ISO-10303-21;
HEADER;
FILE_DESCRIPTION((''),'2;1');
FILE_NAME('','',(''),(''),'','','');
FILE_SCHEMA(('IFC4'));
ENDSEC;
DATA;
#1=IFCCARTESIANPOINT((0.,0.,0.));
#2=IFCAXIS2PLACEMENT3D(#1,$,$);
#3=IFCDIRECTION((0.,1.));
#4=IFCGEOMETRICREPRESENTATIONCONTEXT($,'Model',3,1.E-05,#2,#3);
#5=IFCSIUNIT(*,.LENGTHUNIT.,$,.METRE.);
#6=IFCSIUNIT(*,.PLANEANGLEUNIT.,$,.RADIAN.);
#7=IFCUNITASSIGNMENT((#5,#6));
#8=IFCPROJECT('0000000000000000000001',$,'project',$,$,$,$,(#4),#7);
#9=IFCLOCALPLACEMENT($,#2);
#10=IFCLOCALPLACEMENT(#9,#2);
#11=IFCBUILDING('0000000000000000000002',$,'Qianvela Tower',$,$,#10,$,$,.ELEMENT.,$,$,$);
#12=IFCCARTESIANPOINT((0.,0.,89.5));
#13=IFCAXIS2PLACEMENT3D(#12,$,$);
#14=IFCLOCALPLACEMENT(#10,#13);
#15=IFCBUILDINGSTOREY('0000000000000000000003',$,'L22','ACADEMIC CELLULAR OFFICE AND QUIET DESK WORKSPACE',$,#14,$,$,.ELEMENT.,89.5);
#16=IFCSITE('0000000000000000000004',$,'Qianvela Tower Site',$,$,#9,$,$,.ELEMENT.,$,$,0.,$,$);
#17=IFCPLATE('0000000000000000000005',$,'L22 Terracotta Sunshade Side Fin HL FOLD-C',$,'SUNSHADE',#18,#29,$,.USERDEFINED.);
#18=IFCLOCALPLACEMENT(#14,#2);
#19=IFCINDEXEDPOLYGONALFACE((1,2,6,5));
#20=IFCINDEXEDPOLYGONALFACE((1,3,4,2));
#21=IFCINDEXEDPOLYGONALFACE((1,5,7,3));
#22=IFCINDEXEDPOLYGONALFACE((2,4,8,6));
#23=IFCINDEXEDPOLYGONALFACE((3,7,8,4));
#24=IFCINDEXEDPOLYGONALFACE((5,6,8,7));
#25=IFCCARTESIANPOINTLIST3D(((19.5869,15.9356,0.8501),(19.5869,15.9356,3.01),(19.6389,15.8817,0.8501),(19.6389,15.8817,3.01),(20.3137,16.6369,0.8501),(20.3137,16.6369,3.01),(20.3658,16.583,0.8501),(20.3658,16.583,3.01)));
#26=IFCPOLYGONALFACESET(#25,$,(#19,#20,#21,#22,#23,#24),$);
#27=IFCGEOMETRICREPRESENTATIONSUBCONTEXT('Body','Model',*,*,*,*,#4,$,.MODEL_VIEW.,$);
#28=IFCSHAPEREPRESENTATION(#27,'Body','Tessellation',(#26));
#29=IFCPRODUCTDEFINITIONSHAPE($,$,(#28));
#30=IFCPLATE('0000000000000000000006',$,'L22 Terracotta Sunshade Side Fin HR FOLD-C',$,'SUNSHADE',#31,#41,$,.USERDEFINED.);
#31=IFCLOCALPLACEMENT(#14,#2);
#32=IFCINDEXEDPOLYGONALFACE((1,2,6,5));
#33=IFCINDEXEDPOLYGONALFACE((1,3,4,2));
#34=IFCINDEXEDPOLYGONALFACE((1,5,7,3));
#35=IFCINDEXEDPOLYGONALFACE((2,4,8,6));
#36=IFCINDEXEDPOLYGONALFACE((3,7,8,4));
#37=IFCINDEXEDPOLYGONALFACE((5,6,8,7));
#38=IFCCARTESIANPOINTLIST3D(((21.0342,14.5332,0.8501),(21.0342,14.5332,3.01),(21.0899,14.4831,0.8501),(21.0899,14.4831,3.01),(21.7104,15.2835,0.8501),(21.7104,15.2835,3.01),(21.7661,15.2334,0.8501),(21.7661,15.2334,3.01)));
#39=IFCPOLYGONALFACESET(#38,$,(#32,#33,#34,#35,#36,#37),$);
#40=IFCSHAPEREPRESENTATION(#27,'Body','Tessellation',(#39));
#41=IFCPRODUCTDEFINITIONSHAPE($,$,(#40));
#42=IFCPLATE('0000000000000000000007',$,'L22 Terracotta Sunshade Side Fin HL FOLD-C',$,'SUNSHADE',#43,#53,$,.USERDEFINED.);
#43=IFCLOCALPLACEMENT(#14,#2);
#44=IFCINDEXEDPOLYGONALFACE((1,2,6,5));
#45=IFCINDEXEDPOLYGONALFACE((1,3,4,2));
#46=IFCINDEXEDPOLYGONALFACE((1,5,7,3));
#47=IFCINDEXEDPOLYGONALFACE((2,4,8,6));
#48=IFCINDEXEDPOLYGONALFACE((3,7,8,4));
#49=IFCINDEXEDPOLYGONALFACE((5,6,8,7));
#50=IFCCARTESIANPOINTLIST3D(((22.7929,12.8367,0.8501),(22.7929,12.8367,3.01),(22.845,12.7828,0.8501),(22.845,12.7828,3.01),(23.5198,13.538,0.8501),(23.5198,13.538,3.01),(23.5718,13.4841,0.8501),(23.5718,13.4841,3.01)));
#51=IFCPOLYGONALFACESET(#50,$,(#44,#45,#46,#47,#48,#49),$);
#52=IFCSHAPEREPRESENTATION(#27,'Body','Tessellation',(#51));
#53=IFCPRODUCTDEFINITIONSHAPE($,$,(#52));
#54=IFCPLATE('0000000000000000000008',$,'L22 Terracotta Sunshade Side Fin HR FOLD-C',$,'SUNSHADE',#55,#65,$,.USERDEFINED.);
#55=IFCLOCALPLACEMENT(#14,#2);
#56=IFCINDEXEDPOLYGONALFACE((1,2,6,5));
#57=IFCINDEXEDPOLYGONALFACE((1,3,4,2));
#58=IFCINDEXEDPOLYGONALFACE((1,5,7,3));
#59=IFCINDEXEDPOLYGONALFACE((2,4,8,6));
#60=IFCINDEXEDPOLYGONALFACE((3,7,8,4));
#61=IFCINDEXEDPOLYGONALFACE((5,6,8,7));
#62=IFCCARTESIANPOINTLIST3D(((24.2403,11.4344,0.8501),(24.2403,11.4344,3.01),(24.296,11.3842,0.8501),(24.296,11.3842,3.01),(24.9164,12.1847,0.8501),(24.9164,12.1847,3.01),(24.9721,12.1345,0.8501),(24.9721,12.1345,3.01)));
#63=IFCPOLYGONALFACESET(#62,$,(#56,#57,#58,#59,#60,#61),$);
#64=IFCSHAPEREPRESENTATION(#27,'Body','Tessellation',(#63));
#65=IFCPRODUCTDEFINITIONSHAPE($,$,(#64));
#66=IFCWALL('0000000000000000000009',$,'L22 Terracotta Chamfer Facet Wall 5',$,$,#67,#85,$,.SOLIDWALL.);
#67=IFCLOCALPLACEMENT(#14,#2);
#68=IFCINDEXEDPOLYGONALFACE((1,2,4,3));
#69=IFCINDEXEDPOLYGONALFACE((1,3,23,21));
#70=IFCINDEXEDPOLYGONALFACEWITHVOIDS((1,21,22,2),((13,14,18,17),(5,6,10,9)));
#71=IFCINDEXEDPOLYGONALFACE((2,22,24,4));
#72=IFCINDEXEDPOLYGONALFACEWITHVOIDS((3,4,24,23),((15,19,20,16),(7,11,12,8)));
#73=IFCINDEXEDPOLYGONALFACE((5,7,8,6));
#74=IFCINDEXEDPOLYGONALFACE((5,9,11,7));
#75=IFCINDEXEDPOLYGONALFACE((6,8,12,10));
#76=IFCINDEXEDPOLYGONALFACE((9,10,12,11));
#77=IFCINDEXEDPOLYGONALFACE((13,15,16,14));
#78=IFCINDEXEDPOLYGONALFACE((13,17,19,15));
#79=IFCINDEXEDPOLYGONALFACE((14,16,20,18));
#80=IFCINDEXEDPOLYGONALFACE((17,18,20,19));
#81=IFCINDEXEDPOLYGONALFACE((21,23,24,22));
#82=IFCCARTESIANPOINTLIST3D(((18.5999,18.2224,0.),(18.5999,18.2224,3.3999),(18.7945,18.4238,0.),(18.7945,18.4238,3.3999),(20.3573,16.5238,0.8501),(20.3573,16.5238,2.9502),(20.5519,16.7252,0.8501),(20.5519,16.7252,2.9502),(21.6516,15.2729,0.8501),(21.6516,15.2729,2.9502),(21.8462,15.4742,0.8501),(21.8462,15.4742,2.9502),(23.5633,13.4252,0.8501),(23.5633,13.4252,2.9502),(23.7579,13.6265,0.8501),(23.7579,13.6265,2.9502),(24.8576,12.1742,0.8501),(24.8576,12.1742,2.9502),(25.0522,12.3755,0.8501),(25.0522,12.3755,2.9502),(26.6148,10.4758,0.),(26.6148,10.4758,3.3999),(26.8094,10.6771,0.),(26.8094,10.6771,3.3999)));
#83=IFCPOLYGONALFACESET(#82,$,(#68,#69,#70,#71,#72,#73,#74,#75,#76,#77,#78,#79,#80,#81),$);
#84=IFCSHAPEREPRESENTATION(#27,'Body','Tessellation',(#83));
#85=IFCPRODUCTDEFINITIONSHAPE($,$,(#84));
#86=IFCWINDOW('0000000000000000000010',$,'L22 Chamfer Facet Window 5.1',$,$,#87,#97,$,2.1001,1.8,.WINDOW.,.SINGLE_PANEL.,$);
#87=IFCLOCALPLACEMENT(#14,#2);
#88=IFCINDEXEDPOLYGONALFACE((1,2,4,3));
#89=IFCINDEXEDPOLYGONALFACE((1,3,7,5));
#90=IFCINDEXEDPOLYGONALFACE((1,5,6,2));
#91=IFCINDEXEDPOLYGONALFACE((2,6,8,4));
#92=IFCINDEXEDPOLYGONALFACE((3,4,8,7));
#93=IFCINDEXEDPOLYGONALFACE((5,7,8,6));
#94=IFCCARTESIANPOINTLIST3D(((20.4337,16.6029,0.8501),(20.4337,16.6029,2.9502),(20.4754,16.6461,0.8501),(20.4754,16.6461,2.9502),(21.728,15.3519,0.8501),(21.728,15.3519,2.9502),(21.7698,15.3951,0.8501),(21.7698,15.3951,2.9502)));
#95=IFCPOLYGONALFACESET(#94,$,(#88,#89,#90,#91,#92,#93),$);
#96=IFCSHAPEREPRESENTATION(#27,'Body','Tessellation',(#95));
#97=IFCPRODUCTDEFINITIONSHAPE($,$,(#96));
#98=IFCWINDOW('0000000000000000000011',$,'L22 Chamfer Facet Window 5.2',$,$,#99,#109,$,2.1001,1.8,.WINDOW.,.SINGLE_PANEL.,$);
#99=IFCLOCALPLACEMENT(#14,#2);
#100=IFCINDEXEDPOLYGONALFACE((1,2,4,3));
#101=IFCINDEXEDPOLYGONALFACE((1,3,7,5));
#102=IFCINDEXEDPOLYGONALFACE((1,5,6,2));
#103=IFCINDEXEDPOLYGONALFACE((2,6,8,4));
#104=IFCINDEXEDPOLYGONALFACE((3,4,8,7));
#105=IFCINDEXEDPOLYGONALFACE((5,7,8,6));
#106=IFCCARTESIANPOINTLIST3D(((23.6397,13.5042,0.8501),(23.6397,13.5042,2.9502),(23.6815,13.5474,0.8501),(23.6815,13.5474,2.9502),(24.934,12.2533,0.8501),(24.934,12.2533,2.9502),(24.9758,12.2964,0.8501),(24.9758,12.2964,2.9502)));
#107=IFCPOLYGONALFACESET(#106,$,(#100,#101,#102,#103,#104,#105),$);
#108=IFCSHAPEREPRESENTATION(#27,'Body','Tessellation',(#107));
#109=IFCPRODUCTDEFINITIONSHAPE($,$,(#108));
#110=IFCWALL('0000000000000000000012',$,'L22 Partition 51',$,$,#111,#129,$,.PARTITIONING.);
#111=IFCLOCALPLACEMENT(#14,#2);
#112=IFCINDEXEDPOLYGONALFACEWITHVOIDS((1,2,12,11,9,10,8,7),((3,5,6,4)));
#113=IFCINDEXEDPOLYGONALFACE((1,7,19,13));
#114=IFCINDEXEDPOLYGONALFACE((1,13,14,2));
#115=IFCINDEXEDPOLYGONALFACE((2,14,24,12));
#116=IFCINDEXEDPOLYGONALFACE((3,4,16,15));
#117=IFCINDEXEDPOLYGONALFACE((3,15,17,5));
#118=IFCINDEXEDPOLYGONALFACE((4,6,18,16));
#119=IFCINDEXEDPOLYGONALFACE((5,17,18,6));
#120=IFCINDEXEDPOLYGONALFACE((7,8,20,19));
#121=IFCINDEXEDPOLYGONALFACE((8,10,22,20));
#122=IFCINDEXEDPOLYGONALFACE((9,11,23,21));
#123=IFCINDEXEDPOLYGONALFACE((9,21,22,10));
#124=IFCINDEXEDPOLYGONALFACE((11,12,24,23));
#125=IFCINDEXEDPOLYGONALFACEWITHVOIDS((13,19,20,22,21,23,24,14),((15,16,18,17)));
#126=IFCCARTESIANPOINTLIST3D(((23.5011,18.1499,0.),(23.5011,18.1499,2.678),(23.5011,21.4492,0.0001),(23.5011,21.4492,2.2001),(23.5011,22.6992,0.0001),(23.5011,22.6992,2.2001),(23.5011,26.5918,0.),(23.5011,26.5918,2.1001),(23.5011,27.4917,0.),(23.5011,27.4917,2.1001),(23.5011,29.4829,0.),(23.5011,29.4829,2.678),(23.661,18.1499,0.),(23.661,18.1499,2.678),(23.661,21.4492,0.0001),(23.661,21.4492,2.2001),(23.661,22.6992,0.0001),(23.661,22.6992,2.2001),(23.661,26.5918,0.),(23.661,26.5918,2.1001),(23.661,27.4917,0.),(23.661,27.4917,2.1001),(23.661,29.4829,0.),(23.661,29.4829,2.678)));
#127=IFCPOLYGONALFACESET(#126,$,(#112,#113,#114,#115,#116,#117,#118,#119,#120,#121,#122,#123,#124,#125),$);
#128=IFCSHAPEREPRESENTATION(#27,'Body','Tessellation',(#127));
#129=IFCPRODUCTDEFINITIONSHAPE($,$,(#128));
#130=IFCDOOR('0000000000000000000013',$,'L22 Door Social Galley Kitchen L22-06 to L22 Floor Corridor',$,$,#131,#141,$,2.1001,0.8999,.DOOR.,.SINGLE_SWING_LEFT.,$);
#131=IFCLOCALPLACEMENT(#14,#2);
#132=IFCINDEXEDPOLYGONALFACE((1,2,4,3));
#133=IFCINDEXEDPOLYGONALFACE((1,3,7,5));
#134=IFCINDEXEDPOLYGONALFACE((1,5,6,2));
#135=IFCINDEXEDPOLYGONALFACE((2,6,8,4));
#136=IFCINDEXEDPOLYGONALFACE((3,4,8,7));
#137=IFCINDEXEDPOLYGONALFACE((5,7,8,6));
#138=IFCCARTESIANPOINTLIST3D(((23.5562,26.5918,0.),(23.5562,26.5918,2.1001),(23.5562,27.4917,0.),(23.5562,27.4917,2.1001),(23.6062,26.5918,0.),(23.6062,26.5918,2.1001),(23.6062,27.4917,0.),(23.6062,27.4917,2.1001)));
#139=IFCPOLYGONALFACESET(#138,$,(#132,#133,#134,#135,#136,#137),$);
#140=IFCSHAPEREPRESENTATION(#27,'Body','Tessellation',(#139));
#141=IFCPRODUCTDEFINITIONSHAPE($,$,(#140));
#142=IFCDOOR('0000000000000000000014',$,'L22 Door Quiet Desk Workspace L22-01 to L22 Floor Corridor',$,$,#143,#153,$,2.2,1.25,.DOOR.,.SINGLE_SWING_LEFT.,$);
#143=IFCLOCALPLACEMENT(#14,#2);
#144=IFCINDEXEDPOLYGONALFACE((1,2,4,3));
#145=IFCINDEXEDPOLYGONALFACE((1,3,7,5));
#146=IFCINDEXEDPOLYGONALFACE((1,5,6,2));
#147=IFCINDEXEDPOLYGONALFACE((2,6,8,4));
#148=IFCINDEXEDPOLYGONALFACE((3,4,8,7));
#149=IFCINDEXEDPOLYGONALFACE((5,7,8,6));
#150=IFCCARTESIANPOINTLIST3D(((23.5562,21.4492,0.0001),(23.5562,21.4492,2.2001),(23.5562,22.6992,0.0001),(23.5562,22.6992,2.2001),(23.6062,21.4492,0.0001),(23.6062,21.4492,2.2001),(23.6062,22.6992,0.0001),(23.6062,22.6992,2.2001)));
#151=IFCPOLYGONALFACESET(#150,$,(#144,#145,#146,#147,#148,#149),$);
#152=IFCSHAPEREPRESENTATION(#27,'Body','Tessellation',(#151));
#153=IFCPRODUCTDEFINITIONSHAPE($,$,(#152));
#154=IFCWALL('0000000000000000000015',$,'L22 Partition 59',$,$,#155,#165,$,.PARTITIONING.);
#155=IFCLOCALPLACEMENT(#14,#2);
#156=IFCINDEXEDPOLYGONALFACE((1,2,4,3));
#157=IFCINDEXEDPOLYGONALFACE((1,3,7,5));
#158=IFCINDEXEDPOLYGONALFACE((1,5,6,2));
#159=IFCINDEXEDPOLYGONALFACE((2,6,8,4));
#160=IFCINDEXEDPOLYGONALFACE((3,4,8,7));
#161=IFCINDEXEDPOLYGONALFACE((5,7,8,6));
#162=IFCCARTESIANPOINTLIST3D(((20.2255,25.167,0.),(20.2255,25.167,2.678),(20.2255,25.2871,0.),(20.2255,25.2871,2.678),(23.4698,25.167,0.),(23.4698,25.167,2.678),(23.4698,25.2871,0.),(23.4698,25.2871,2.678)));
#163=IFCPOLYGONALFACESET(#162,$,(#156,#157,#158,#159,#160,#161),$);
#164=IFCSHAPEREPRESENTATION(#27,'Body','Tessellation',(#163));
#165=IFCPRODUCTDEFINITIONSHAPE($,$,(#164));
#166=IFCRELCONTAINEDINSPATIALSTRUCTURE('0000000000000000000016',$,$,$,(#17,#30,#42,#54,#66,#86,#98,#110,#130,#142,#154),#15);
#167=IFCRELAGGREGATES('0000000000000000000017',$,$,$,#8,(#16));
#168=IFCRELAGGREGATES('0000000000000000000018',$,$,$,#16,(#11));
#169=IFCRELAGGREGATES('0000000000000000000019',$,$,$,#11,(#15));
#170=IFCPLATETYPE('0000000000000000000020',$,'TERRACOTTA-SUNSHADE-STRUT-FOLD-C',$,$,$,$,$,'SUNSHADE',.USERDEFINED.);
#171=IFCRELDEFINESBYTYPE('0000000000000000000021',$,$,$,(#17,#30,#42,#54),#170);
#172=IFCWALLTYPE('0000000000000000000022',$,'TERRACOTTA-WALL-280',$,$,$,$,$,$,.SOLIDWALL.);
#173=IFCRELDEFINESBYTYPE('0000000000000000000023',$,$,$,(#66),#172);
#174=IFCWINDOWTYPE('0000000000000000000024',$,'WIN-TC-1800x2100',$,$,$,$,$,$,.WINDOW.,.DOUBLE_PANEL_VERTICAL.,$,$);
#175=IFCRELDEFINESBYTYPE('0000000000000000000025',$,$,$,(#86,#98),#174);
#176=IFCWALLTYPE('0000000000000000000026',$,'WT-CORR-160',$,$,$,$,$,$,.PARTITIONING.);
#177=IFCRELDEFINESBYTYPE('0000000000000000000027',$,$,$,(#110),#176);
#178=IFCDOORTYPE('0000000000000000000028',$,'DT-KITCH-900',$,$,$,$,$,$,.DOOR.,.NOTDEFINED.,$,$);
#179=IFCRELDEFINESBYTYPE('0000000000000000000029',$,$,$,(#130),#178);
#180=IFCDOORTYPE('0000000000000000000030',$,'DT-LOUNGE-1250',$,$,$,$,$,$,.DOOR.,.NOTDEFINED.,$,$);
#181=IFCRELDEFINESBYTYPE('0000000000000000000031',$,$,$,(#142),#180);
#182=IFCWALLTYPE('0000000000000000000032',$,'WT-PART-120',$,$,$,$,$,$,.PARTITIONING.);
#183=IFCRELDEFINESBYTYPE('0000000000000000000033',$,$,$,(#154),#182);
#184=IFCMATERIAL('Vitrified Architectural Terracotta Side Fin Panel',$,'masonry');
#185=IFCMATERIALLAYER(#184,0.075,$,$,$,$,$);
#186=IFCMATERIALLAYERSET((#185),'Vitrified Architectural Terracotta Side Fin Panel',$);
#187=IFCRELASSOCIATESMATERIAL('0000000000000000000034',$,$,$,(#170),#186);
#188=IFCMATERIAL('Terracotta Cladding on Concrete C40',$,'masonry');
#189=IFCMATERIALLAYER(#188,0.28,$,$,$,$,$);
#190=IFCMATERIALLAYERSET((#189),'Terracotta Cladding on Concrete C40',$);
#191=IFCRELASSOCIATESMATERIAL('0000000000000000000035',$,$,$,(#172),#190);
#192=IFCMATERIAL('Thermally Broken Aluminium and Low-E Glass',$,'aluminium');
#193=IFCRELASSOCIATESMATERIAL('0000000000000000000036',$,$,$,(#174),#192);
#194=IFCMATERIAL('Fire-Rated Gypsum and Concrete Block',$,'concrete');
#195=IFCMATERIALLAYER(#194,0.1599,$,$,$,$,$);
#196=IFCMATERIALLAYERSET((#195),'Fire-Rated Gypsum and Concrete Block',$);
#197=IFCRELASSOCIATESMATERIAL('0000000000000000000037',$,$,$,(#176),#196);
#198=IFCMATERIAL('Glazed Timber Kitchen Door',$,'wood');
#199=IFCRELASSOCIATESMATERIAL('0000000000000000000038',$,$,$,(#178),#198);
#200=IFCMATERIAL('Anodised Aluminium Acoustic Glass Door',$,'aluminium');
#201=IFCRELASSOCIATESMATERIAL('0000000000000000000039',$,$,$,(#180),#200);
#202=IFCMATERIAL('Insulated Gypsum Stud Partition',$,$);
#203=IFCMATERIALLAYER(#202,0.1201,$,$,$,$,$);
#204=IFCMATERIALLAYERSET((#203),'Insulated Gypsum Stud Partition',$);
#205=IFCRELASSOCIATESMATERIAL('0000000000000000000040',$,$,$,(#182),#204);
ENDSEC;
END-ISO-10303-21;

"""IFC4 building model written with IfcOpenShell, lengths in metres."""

from ifc_helpers import new_model, si_unit, direction, frame, frame_2d, origin, origin_2d, place, context, subcontext, project, spatial, rectangle, extrude, material, layer, layer_set, type_object, element, fill, save


model = new_model("IFC4")

# Units and contexts
model_context = context("Model", 3, precision=1e-05, world=origin(), true_north=direction((0.0, 1.0)))
body_context = subcontext(model_context, "Body", "Model", "MODEL_VIEW")
ifc_project = project(units=[si_unit("LENGTHUNIT", "METRE"), si_unit("PLANEANGLEUNIT", "RADIAN")], contexts=[model_context])

# Site, building, storey
site_placement = place(None, origin())
site = spatial("IfcSite", under=ifc_project, at=site_placement, Name="Qianvela Tower Site", CompositionType="ELEMENT", RefElevation=0.0)
building_placement = place(site_placement, origin())
building = spatial("IfcBuilding", under=site, at=building_placement, Name="Qianvela Tower", CompositionType="ELEMENT")
storey_placement = place(building_placement, frame((0.0, 0.0, 89.5)))
storey = spatial("IfcBuildingStorey", under=building, at=storey_placement, Name="L22", Description="ACADEMIC CELLULAR OFFICE AND QUIET DESK WORKSPACE", CompositionType="ELEMENT", Elevation=89.5)

# Plates
ifc_material_1 = material(Name="Vitrified Architectural Terracotta Side Fin Panel", Category="masonry")
ifc_layer_1 = layer(ifc_material_1, 0.075)
ifc_layer_set_1 = layer_set([ifc_layer_1], Name="Vitrified Architectural Terracotta Side Fin Panel")
plate_type_1 = type_object("IfcPlateType", Name="TERRACOTTA-SUNSHADE-STRUT-FOLD-C", ElementType="SUNSHADE", PredefinedType="USERDEFINED", material=ifc_layer_set_1)
for number, where, z_axis, x_axis, name in (
    (1, (19.9763, 16.2593, 0.8501), (0.0, 0.0, 1.0), (0.694338, -0.719649, 0.0), "L22 Terracotta Sunshade Side Fin HL FOLD-C"),
    (2, (21.4001, 14.8833, 0.8501), (0.0, 0.0, 1.0), (0.742847, -0.669461, 0.0), "L22 Terracotta Sunshade Side Fin HR FOLD-C"),
    (3, (23.1824, 13.1604, 0.8501), (0.0, 0.0, 1.0), (0.694338, -0.719649, 0.0), "L22 Terracotta Sunshade Side Fin HL FOLD-C"),
    (4, (24.6062, 11.7844, 0.8501), (0.0, 0.0, 1.0), (0.742847, -0.669461, 0.0), "L22 Terracotta Sunshade Side Fin HR FOLD-C"),
):
    element("IfcPlate", number, at=place(storey_placement, frame(where, z_axis=z_axis, x_axis=x_axis)), inside=storey, type_object=plate_type_1, Name=name, ObjectType="SUNSHADE", PredefinedType="USERDEFINED", context=body_context, shape_type="SweptSolid", body=[
        extrude(rectangle(XDim=0.075, YDim=1.01, at=origin_2d()), origin(), (0.0, 0.0, 1.0), 2.1599),
    ])

# Wall, openings, windows
ifc_material_2 = material(Name="Terracotta Cladding on Concrete C40", Category="masonry")
ifc_layer_2 = layer(ifc_material_2, 0.28)
ifc_layer_set_2 = layer_set([ifc_layer_2], Name="Terracotta Cladding on Concrete C40")
wall_type_1 = type_object("IfcWallType", Name="TERRACOTTA-WALL-280", PredefinedType="SOLIDWALL", material=ifc_layer_set_2)
wall_1_placement = place(storey_placement, frame((18.6973, 18.323, 0.0), z_axis=(0.0, 0.0, 1.0), x_axis=(0.71904, -0.694969, 0.0)))
wall_1 = element("IfcWall", 5, at=wall_1_placement, inside=storey, type_object=wall_type_1, Name="L22 Terracotta Chamfer Facet Wall 5", PredefinedType="SOLIDWALL", context=body_context, shape_type="SweptSolid", body=[
    extrude(rectangle(XDim=11.1467, YDim=0.28, at=frame_2d((5.5732, 0.0))), origin(), (0.0, 0.0, 1.0), 3.3999),
])
opening_1_placement = place(wall_1_placement, frame((2.4441, 0.0, 0.8501)))
opening_1 = element("IfcOpeningElement", 6, at=opening_1_placement, cuts=wall_1, PredefinedType="OPENING", context=body_context, shape_type="SweptSolid", body=[
    extrude(rectangle(XDim=1.8, YDim=2.1001, at=frame_2d((0.8999, 1.05))), frame((0.0, 0.1499, 0.0), z_axis=(0.0, -1.0, 0.0), x_axis=(1.0, 0.0, 0.0)), (0.0, 0.0, 1.0), 0.3),
])
opening_2_placement = place(wall_1_placement, frame((6.9028, 0.0, 0.8501)))
opening_2 = element("IfcOpeningElement", 7, at=opening_2_placement, cuts=wall_1, PredefinedType="OPENING", context=body_context, shape_type="SweptSolid", body=[
    extrude(rectangle(XDim=1.8, YDim=2.1001, at=frame_2d((0.8999, 1.05))), frame((0.0, 0.1499, 0.0), z_axis=(0.0, -1.0, 0.0), x_axis=(1.0, 0.0, 0.0)), (0.0, 0.0, 1.0), 0.3),
])
ifc_material_3 = material(Name="Thermally Broken Aluminium and Low-E Glass", Category="aluminium")
window_type = type_object("IfcWindowType", Name="WIN-TC-1800x2100", PartitioningType="DOUBLE_PANEL_VERTICAL", PredefinedType="WINDOW", material=ifc_material_3)
window_1_placement = place(opening_1_placement, origin())
window_1 = element("IfcWindow", 8, at=window_1_placement, inside=storey, type_object=window_type, Name="L22 Chamfer Facet Window 5.1", OverallHeight=2.1001, OverallWidth=1.8, PartitioningType="SINGLE_PANEL", PredefinedType="WINDOW", context=body_context, shape_type="SweptSolid", body=[
    extrude(rectangle(XDim=1.8, YDim=2.1001, at=frame_2d((0.8999, 1.05))), frame((0.0, 0.03, 0.0), z_axis=(0.0, -1.0, 0.0), x_axis=(1.0, 0.0, 0.0)), (0.0, 0.0, 1.0), 0.0601),
])
fill(opening_1, window_1)
window_2_placement = place(opening_2_placement, origin())
window_2 = element("IfcWindow", 9, at=window_2_placement, inside=storey, type_object=window_type, Name="L22 Chamfer Facet Window 5.2", OverallHeight=2.1001, OverallWidth=1.8, PartitioningType="SINGLE_PANEL", PredefinedType="WINDOW", context=body_context, shape_type="SweptSolid", body=[
    extrude(rectangle(XDim=1.8, YDim=2.1001, at=frame_2d((0.8999, 1.05))), frame((0.0, 0.03, 0.0), z_axis=(0.0, -1.0, 0.0), x_axis=(1.0, 0.0, 0.0)), (0.0, 0.0, 1.0), 0.0601),
])
fill(opening_2, window_2)

# Wall, openings, doors
ifc_material_4 = material(Name="Fire-Rated Gypsum and Concrete Block", Category="concrete")
ifc_layer_3 = layer(ifc_material_4, 0.1599)
ifc_layer_set_3 = layer_set([ifc_layer_3], Name="Fire-Rated Gypsum and Concrete Block")
wall_type_2 = type_object("IfcWallType", Name="WT-CORR-160", PredefinedType="PARTITIONING", material=ifc_layer_set_3)
wall_2_placement = place(storey_placement, frame((23.5811, 18.1499, 0.0), z_axis=(0.0, 0.0, 1.0), x_axis=(0.0, 1.0, 0.0)))
wall_2 = element("IfcWall", 10, at=wall_2_placement, inside=storey, type_object=wall_type_2, Name="L22 Partition 51", PredefinedType="PARTITIONING", context=body_context, shape_type="SweptSolid", body=[
    extrude(rectangle(XDim=11.333, YDim=0.1599, at=frame_2d((5.6665, 0.0))), origin(), (0.0, 0.0, 1.0), 2.678),
])
opening_3_placement = place(wall_2_placement, frame((3.2993, 0.0, 0.0)))
opening_3 = element("IfcOpeningElement", 11, at=opening_3_placement, cuts=wall_2, PredefinedType="OPENING", context=body_context, shape_type="SweptSolid", body=[
    extrude(rectangle(XDim=1.25, YDim=2.2, at=frame_2d((0.625, 1.1001))), frame((0.0, 0.0898, 0.0), z_axis=(0.0, -1.0, 0.0), x_axis=(1.0, 0.0, 0.0)), (0.0, 0.0, 1.0), 0.1799),
])
opening_4_placement = place(wall_2_placement, frame((8.4419, 0.0, 0.0)))
opening_4 = element("IfcOpeningElement", 12, at=opening_4_placement, cuts=wall_2, PredefinedType="OPENING", context=body_context, shape_type="SweptSolid", body=[
    extrude(rectangle(XDim=0.8999, YDim=2.1001, at=frame_2d((0.45, 1.05))), frame((0.0, 0.0898, 0.0), z_axis=(0.0, -1.0, 0.0), x_axis=(1.0, 0.0, 0.0)), (0.0, 0.0, 1.0), 0.1799),
])
ifc_material_5 = material(Name="Glazed Timber Kitchen Door", Category="wood")
door_type_1 = type_object("IfcDoorType", Name="DT-KITCH-900", OperationType="NOTDEFINED", PredefinedType="DOOR", material=ifc_material_5)
door_1_placement = place(opening_4_placement, origin())
door_1 = element("IfcDoor", 13, at=door_1_placement, inside=storey, type_object=door_type_1, Name="L22 Door Social Galley Kitchen L22-06 to L22 Floor Corridor", OperationType="SINGLE_SWING_LEFT", OverallHeight=2.1001, OverallWidth=0.8999, PredefinedType="DOOR", context=body_context, shape_type="SweptSolid", body=[
    extrude(rectangle(XDim=0.8999, YDim=2.1001, at=frame_2d((0.45, 1.05))), frame((0.0, 0.0249, 0.0), z_axis=(0.0, -1.0, 0.0), x_axis=(1.0, 0.0, 0.0)), (0.0, 0.0, 1.0), 0.05),
])
fill(opening_4, door_1)
ifc_material_6 = material(Name="Anodised Aluminium Acoustic Glass Door", Category="aluminium")
door_type_2 = type_object("IfcDoorType", Name="DT-LOUNGE-1250", OperationType="NOTDEFINED", PredefinedType="DOOR", material=ifc_material_6)
door_2_placement = place(opening_3_placement, origin())
door_2 = element("IfcDoor", 14, at=door_2_placement, inside=storey, type_object=door_type_2, Name="L22 Door Quiet Desk Workspace L22-01 to L22 Floor Corridor", OperationType="SINGLE_SWING_LEFT", OverallHeight=2.2, OverallWidth=1.25, PredefinedType="DOOR", context=body_context, shape_type="SweptSolid", body=[
    extrude(rectangle(XDim=1.25, YDim=2.2, at=frame_2d((0.625, 1.1001))), frame((0.0, 0.0249, 0.0), z_axis=(0.0, -1.0, 0.0), x_axis=(1.0, 0.0, 0.0)), (0.0, 0.0, 1.0), 0.05),
])
fill(opening_3, door_2)

# Wall
ifc_material_7 = material(Name="Insulated Gypsum Stud Partition")
ifc_layer_4 = layer(ifc_material_7, 0.1201)
ifc_layer_set_4 = layer_set([ifc_layer_4], Name="Insulated Gypsum Stud Partition")
wall_type_3 = type_object("IfcWallType", Name="WT-PART-120", PredefinedType="PARTITIONING", material=ifc_layer_set_4)
wall_3_placement = place(storey_placement, frame((20.2256, 25.2271, 0.0), z_axis=(0.0, 0.0, 1.0), x_axis=(1.0, 0.0, 0.0)))
element("IfcWall", 15, at=wall_3_placement, inside=storey, type_object=wall_type_3, Name="L22 Partition 59", PredefinedType="PARTITIONING", context=body_context, shape_type="SweptSolid", body=[
    extrude(rectangle(XDim=3.2444, YDim=0.1201, at=frame_2d((1.6221, 0.0))), origin(), (0.0, 0.0, 1.0), 2.678),
])

save(model, "model.ifc")
